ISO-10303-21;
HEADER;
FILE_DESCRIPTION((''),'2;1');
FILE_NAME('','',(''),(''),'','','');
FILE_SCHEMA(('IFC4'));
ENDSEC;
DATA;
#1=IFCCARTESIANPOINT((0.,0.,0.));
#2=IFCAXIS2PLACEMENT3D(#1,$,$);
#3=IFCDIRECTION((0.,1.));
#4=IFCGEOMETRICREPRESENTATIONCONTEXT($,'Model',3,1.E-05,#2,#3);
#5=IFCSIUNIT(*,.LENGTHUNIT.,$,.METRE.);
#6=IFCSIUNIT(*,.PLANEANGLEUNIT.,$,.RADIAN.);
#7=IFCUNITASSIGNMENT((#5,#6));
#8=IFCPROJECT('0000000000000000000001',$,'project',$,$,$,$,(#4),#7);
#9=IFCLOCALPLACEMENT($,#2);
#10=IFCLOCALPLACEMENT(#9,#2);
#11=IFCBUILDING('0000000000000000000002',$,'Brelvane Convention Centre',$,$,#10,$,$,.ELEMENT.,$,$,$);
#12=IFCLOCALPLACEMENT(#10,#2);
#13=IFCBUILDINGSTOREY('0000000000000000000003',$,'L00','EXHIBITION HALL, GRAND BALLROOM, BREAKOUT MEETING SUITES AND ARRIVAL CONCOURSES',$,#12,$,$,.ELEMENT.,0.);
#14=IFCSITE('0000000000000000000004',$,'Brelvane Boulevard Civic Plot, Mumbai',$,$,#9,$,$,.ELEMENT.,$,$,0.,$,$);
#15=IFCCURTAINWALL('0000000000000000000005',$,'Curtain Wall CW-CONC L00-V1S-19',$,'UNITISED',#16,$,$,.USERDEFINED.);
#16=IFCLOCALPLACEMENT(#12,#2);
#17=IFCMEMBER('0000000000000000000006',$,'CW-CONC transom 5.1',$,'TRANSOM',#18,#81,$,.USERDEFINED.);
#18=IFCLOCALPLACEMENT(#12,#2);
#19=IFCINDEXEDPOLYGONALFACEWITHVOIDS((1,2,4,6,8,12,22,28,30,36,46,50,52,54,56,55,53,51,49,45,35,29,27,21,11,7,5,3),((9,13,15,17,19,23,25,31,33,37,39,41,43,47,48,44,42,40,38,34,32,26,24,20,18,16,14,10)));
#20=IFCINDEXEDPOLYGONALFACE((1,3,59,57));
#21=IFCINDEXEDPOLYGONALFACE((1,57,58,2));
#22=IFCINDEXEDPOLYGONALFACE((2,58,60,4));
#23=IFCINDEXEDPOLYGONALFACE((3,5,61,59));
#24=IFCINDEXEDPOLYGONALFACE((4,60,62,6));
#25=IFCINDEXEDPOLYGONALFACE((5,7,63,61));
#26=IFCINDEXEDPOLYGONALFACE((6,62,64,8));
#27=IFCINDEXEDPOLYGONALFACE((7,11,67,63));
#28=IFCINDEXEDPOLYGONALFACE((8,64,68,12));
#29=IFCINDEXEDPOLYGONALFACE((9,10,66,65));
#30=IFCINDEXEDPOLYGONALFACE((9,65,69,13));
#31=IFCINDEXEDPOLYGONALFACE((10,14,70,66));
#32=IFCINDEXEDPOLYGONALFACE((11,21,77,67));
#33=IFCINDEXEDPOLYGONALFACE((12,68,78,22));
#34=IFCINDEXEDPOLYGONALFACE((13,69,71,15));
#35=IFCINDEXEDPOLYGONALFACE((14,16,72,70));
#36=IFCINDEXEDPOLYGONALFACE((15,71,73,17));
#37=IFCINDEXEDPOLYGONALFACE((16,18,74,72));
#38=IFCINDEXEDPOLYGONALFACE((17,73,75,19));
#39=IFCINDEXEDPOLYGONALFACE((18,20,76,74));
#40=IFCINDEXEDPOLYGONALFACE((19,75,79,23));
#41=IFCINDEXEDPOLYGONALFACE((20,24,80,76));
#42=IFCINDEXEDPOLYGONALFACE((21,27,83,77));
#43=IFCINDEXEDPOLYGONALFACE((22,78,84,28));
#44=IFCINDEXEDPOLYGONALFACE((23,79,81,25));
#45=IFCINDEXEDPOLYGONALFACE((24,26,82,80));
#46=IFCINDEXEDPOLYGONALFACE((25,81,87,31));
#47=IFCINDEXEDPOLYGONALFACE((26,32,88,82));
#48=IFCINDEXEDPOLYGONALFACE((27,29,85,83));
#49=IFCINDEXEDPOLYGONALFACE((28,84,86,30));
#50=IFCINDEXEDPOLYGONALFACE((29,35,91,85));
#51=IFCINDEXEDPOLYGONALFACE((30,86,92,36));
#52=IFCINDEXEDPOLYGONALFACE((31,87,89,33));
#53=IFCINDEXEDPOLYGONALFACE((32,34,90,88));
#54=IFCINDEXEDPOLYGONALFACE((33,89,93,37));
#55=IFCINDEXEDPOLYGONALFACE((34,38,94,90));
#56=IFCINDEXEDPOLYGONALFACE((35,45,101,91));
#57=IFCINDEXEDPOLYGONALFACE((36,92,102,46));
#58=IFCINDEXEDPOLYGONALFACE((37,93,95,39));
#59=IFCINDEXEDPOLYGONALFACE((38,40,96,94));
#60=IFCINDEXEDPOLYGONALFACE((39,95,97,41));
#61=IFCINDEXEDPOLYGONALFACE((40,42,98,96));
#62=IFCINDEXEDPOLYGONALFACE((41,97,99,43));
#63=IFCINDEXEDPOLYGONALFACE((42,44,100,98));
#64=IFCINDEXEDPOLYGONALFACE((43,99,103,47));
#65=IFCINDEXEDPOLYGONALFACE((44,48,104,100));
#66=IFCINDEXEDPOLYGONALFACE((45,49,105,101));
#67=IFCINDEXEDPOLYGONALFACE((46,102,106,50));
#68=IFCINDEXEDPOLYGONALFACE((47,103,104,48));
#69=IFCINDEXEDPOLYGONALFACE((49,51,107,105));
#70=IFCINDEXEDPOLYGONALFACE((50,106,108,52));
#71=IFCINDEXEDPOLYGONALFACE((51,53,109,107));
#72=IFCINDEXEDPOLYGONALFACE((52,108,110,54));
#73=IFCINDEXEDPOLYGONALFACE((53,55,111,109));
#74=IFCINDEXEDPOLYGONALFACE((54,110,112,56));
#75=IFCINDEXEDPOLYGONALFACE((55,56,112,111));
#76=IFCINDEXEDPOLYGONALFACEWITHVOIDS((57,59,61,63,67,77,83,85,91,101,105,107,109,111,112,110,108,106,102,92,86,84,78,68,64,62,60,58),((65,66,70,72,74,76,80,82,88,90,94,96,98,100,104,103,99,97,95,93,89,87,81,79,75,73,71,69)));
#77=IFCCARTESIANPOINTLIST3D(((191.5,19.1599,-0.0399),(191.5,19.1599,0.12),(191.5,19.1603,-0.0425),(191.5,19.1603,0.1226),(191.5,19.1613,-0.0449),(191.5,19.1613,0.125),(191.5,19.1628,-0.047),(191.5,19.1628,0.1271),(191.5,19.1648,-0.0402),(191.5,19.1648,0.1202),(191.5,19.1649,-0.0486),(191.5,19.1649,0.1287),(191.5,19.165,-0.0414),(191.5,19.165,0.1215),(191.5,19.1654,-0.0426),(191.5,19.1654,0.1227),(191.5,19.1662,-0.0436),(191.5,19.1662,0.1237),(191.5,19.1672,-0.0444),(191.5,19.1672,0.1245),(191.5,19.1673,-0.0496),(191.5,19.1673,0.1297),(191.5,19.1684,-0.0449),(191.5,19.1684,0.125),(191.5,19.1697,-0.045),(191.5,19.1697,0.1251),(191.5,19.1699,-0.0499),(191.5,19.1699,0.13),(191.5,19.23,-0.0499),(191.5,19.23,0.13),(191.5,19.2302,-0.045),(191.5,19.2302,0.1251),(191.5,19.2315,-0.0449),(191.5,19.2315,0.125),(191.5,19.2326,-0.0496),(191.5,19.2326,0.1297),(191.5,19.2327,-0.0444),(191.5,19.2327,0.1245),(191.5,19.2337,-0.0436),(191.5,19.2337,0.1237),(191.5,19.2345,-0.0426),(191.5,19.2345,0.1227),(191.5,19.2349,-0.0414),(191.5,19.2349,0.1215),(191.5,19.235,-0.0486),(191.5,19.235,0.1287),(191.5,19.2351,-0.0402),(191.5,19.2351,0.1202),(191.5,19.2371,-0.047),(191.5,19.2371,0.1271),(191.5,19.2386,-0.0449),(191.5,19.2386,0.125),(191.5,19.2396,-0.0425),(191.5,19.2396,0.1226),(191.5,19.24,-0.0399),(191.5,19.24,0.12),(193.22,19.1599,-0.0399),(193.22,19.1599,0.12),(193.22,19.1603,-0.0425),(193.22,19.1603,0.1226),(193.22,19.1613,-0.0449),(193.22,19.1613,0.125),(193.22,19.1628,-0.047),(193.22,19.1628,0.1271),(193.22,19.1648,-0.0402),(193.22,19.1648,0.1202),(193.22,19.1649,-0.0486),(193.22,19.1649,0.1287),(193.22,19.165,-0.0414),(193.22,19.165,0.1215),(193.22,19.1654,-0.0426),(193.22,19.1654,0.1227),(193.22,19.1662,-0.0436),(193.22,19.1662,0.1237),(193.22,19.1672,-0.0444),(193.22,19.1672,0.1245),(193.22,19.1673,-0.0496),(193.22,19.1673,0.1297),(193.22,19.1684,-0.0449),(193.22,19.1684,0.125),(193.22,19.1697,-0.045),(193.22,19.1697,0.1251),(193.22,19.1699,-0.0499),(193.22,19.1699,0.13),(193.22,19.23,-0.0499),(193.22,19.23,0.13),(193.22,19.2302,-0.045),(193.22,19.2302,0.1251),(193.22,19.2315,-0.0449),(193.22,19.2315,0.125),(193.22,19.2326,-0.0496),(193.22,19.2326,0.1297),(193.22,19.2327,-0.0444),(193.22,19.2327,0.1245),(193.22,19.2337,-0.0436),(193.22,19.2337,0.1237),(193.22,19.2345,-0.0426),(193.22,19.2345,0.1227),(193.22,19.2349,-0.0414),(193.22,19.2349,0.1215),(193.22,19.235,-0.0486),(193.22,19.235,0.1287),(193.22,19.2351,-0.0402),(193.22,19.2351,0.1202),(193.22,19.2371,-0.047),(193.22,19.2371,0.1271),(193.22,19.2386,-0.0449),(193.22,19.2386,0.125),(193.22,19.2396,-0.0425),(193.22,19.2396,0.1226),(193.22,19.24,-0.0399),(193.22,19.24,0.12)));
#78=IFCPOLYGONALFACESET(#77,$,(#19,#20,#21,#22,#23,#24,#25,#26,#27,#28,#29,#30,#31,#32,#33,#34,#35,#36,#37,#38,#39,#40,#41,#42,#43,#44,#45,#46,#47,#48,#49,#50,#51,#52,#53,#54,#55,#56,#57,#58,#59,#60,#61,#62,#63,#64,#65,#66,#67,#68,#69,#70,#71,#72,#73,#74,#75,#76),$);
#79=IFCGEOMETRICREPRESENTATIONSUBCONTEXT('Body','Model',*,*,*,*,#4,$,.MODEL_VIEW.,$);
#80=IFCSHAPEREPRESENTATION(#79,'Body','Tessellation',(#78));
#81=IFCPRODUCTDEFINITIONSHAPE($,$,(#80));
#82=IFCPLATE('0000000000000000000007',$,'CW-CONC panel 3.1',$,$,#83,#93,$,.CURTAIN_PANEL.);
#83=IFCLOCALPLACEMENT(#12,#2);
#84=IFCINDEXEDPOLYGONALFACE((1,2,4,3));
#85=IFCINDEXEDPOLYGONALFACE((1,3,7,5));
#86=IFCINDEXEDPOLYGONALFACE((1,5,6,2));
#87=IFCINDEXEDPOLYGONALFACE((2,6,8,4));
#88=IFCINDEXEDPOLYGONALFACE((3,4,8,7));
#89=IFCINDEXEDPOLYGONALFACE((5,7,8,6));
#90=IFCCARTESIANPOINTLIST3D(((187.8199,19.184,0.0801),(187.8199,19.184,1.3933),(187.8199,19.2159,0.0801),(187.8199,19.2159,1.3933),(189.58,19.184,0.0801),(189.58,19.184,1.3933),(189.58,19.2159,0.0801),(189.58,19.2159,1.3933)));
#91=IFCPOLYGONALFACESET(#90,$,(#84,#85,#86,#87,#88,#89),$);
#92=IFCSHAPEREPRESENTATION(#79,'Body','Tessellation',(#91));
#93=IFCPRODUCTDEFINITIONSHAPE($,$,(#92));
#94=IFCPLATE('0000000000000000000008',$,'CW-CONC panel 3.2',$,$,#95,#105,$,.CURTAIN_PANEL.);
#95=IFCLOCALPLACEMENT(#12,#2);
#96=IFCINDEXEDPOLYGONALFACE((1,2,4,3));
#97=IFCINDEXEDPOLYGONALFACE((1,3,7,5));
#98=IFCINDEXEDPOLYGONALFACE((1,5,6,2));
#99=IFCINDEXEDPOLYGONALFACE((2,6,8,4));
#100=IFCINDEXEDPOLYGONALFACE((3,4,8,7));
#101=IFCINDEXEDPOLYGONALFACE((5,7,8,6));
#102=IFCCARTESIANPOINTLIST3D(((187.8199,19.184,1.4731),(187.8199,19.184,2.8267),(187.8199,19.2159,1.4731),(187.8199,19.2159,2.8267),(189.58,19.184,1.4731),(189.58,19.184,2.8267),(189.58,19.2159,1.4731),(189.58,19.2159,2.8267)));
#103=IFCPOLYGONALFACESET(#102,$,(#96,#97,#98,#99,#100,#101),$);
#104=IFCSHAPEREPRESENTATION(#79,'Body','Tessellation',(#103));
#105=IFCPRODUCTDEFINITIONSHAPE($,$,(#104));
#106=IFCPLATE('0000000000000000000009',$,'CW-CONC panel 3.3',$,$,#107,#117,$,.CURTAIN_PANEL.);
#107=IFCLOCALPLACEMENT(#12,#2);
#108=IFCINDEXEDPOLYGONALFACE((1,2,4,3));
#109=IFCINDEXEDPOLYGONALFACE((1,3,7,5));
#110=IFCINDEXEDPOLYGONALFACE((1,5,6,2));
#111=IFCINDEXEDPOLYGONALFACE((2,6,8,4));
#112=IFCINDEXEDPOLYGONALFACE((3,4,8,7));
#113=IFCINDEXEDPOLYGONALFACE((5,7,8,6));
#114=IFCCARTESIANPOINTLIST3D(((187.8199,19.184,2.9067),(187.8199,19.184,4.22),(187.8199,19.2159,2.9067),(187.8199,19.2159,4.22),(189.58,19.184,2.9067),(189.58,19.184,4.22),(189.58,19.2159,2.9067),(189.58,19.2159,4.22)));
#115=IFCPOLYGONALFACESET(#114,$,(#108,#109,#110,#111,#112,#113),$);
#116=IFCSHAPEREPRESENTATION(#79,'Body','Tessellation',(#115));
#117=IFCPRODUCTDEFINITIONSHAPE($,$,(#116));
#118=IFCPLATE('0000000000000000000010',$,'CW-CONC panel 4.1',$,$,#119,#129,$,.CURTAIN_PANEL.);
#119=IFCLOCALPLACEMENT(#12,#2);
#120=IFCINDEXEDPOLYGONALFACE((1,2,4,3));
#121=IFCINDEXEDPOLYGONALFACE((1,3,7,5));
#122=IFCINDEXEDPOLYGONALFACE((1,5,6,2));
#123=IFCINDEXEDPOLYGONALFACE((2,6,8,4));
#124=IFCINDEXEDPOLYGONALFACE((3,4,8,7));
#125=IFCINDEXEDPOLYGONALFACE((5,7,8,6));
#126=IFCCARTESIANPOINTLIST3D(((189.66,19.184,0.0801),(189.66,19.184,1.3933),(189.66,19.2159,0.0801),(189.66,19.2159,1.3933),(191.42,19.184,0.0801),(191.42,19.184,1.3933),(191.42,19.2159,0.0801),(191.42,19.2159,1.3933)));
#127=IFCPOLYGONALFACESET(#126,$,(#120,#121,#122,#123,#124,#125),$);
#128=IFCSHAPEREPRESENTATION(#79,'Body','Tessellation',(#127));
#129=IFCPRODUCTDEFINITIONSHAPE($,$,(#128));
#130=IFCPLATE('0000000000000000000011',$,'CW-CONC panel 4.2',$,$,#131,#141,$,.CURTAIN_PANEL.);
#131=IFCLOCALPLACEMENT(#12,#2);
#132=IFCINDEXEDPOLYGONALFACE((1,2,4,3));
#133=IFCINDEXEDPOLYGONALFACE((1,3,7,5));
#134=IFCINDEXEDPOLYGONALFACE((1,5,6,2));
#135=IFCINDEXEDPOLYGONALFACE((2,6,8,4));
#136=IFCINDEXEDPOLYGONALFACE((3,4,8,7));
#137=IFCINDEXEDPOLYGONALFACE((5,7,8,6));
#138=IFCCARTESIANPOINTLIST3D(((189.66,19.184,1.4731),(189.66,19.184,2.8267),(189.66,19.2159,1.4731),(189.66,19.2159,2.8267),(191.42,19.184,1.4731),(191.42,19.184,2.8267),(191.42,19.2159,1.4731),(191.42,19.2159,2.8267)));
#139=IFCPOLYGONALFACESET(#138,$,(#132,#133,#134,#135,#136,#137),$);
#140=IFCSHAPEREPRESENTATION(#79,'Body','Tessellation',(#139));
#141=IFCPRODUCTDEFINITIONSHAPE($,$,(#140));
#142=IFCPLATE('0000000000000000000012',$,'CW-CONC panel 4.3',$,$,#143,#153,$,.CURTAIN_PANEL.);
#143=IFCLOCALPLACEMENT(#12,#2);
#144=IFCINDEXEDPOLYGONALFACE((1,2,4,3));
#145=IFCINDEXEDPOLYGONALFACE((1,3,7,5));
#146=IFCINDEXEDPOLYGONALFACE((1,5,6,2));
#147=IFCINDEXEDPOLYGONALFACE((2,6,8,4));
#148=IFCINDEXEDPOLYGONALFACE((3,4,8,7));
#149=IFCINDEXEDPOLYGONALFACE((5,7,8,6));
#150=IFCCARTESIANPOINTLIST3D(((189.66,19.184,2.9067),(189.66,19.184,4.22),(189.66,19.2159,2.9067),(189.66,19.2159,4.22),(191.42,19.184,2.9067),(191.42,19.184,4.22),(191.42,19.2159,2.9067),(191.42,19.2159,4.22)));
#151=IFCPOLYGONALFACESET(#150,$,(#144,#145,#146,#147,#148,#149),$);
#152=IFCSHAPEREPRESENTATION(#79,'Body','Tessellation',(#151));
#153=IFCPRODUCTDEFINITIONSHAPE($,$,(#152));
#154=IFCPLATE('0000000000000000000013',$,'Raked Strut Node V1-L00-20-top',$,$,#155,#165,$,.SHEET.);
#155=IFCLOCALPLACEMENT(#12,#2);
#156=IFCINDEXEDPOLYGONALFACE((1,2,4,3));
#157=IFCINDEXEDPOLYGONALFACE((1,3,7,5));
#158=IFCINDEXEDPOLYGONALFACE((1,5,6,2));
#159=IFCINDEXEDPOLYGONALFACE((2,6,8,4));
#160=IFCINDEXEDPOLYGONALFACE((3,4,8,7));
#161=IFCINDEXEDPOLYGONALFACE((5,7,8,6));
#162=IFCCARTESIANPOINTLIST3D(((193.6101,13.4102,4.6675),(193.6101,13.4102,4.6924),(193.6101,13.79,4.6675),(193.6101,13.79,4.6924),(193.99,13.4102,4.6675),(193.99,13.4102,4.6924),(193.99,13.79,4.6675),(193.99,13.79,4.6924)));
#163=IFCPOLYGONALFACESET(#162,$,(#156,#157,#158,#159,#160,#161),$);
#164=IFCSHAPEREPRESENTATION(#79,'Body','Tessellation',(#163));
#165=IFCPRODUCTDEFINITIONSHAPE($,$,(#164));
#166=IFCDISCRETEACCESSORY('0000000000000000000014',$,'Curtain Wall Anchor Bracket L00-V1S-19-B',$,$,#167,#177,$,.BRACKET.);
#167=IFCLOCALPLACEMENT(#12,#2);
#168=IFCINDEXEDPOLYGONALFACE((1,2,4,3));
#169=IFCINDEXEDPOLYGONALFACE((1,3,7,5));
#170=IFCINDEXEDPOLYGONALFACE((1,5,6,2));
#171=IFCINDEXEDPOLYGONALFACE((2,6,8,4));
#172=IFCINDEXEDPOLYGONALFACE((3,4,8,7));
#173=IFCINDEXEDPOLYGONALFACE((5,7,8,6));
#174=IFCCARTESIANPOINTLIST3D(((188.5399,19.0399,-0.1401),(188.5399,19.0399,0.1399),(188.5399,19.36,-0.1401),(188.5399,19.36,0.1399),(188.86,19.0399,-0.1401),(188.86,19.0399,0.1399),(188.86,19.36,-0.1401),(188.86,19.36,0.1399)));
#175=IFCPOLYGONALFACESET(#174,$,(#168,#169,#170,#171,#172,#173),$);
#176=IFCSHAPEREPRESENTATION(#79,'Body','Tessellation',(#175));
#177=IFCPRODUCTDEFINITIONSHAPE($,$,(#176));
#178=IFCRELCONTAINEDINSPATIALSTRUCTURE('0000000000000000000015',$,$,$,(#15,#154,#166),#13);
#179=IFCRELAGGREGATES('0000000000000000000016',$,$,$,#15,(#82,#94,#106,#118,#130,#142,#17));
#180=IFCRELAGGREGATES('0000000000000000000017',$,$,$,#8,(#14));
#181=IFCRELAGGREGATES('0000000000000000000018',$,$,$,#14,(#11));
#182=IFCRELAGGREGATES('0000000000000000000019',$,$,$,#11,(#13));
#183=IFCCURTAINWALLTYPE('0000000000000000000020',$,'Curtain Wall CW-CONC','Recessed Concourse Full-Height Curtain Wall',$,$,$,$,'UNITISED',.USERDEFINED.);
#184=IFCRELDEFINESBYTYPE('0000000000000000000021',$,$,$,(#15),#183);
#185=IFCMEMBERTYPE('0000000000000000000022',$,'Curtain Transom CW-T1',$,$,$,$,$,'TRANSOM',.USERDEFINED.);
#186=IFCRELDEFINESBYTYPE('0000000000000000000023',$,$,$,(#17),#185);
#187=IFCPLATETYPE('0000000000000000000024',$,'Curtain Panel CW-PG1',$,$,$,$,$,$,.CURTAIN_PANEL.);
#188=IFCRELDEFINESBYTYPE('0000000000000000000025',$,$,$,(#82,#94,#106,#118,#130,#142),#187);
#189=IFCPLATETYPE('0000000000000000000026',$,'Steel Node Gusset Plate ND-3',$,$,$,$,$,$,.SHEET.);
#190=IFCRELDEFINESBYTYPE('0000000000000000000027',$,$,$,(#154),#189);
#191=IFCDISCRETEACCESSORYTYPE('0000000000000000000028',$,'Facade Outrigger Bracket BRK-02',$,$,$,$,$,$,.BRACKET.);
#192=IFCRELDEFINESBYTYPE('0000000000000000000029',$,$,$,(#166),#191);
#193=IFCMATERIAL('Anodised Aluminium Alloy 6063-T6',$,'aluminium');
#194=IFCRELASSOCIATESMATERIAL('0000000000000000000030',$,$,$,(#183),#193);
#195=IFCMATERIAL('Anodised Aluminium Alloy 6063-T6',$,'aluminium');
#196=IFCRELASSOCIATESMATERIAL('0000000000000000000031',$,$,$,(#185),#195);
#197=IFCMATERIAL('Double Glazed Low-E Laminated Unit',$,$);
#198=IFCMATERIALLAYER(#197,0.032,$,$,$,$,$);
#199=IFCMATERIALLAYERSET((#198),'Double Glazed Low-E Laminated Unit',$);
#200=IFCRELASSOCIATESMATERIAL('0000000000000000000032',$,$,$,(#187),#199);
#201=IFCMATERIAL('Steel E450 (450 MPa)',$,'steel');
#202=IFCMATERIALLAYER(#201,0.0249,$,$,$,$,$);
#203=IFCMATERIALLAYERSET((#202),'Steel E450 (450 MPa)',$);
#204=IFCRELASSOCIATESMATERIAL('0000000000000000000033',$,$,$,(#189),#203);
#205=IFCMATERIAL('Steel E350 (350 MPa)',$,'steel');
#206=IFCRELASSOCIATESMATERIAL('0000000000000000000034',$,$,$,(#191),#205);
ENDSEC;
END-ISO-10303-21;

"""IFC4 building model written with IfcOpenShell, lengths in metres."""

from ifc_helpers import new_model, si_unit, direction, frame, origin, origin_2d, place, context, subcontext, project, spatial, rectangle, hollow_rectangle, extrude, material, layer, layer_set, material_profile, profile_set, type_object, element, aggregate, save


model = new_model("IFC4")

# Units and contexts
model_context = context("Model", 3, precision=1e-05, world=origin(), true_north=direction((0.0, 1.0)))
body_context = subcontext(model_context, "Body", "Model", "MODEL_VIEW")
ifc_project = project(units=[si_unit("LENGTHUNIT", "METRE"), si_unit("PLANEANGLEUNIT", "RADIAN")], contexts=[model_context])

# Site, building, storey
site_placement = place(None, origin())
site = spatial("IfcSite", under=ifc_project, at=site_placement, Name="Brelvane Boulevard Civic Plot, Mumbai", CompositionType="ELEMENT", RefElevation=0.0)
building_placement = place(site_placement, origin())
building = spatial("IfcBuilding", under=site, at=building_placement, Name="Brelvane Convention Centre", CompositionType="ELEMENT")
storey_placement = place(building_placement, origin())
storey = spatial("IfcBuildingStorey", under=building, at=storey_placement, Name="L00", Description="EXHIBITION HALL, GRAND BALLROOM, BREAKOUT MEETING SUITES AND ARRIVAL CONCOURSES", CompositionType="ELEMENT", Elevation=0.0)

# Curtain wall, member, plates
ifc_material_1 = material(Name="Anodised Aluminium Alloy 6063-T6", Category="aluminium")
curtain_wall_type = type_object("IfcCurtainWallType", Name="Curtain Wall CW-CONC", Description="Recessed Concourse Full-Height Curtain Wall", ElementType="UNITISED", PredefinedType="USERDEFINED", material=ifc_material_1)
curtain_wall_placement = place(storey_placement, origin())
curtain_wall = element("IfcCurtainWall", 1, at=curtain_wall_placement, inside=storey, type_object=curtain_wall_type, Name="Curtain Wall CW-CONC L00-V1S-19", ObjectType="UNITISED", PredefinedType="USERDEFINED")
ifc_material_2 = material(Name="Anodised Aluminium Alloy 6063-T6", Category="aluminium")
ifc_material_profile_1 = material_profile(ifc_material_2, hollow_rectangle(XDim=0.0801, YDim=0.1799, WallThickness=0.0049, InnerFilletRadius=0.0049, OuterFilletRadius=0.01, at=origin_2d()), Name="ALU-T 180x80x5.0")
ifc_profile_set_1 = profile_set([ifc_material_profile_1], Name="Anodised Aluminium Alloy 6063-T6")
member_type_1 = type_object("IfcMemberType", Name="Curtain Transom CW-T1", ElementType="TRANSOM", PredefinedType="USERDEFINED", material=ifc_profile_set_1)
member_1_placement = place(storey_placement, frame((191.5, 19.2, 0.04), z_axis=(1.0, 0.0, 0.0), x_axis=(0.0, 1.0, 0.0)))
member_1 = element("IfcMember", 2, at=member_1_placement, type_object=member_type_1, Name="CW-CONC transom 5.1", ObjectType="TRANSOM", PredefinedType="USERDEFINED", context=body_context, shape_type="SweptSolid", body=[
    extrude(hollow_rectangle(XDim=0.0801, YDim=0.1799, WallThickness=0.0049, InnerFilletRadius=0.0049, OuterFilletRadius=0.01, at=origin_2d()), origin(), (0.0, 0.0, 1.0), 1.72),
])
ifc_material_3 = material(Name="Double Glazed Low-E Laminated Unit")
ifc_layer_1 = layer(ifc_material_3, 0.032)
ifc_layer_set_1 = layer_set([ifc_layer_1], Name="Double Glazed Low-E Laminated Unit")
plate_type_1 = type_object("IfcPlateType", Name="Curtain Panel CW-PG1", PredefinedType="CURTAIN_PANEL", material=ifc_layer_set_1)
plate_1_placement = place(storey_placement, frame((188.7, 19.2, 0.0801), z_axis=(0.0, 0.0, 1.0), x_axis=(1.0, 0.0, 0.0)))
plate_1 = element("IfcPlate", 3, at=plate_1_placement, type_object=plate_type_1, Name="CW-CONC panel 3.1", PredefinedType="CURTAIN_PANEL", context=body_context, shape_type="SweptSolid", body=[
    extrude(rectangle(XDim=1.76, YDim=0.032, at=origin_2d()), origin(), (0.0, 0.0, 1.0), 1.3132),
])
plate_2_placement = place(storey_placement, frame((188.7, 19.2, 1.4731), z_axis=(0.0, 0.0, 1.0), x_axis=(1.0, 0.0, 0.0)))
plate_2 = element("IfcPlate", 4, at=plate_2_placement, type_object=plate_type_1, Name="CW-CONC panel 3.2", PredefinedType="CURTAIN_PANEL", context=body_context, shape_type="SweptSolid", body=[
    extrude(rectangle(XDim=1.76, YDim=0.032, at=origin_2d()), origin(), (0.0, 0.0, 1.0), 1.3535),
])
plate_3_placement = place(storey_placement, frame((188.7, 19.2, 2.9067), z_axis=(0.0, 0.0, 1.0), x_axis=(1.0, 0.0, 0.0)))
plate_3 = element("IfcPlate", 5, at=plate_3_placement, type_object=plate_type_1, Name="CW-CONC panel 3.3", PredefinedType="CURTAIN_PANEL", context=body_context, shape_type="SweptSolid", body=[
    extrude(rectangle(XDim=1.76, YDim=0.032, at=origin_2d()), origin(), (0.0, 0.0, 1.0), 1.3132),
])
plate_4_placement = place(storey_placement, frame((190.54, 19.2, 0.0801), z_axis=(0.0, 0.0, 1.0), x_axis=(1.0, 0.0, 0.0)))
plate_4 = element("IfcPlate", 6, at=plate_4_placement, type_object=plate_type_1, Name="CW-CONC panel 4.1", PredefinedType="CURTAIN_PANEL", context=body_context, shape_type="SweptSolid", body=[
    extrude(rectangle(XDim=1.76, YDim=0.032, at=origin_2d()), origin(), (0.0, 0.0, 1.0), 1.3132),
])
plate_5_placement = place(storey_placement, frame((190.54, 19.2, 1.4731), z_axis=(0.0, 0.0, 1.0), x_axis=(1.0, 0.0, 0.0)))
plate_5 = element("IfcPlate", 7, at=plate_5_placement, type_object=plate_type_1, Name="CW-CONC panel 4.2", PredefinedType="CURTAIN_PANEL", context=body_context, shape_type="SweptSolid", body=[
    extrude(rectangle(XDim=1.76, YDim=0.032, at=origin_2d()), origin(), (0.0, 0.0, 1.0), 1.3535),
])
plate_6_placement = place(storey_placement, frame((190.54, 19.2, 2.9067), z_axis=(0.0, 0.0, 1.0), x_axis=(1.0, 0.0, 0.0)))
plate_6 = element("IfcPlate", 8, at=plate_6_placement, type_object=plate_type_1, Name="CW-CONC panel 4.3", PredefinedType="CURTAIN_PANEL", context=body_context, shape_type="SweptSolid", body=[
    extrude(rectangle(XDim=1.76, YDim=0.032, at=origin_2d()), origin(), (0.0, 0.0, 1.0), 1.3132),
])
aggregate(curtain_wall, [plate_1, plate_2, plate_3, plate_4, plate_5, plate_6, member_1])

# Plate
ifc_material_4 = material(Name="Steel E450 (450 MPa)", Category="steel")
ifc_layer_2 = layer(ifc_material_4, 0.0249)
ifc_layer_set_2 = layer_set([ifc_layer_2], Name="Steel E450 (450 MPa)")
plate_type_2 = type_object("IfcPlateType", Name="Steel Node Gusset Plate ND-3", PredefinedType="SHEET", material=ifc_layer_set_2)
plate_7_placement = place(storey_placement, frame((193.8, 13.6001, 4.6675), z_axis=(0.0, 0.0, 1.0), x_axis=(1.0, 0.0, 0.0)))
element("IfcPlate", 9, at=plate_7_placement, inside=storey, type_object=plate_type_2, Name="Raked Strut Node V1-L00-20-top", PredefinedType="SHEET", context=body_context, shape_type="SweptSolid", body=[
    extrude(rectangle(XDim=0.3799, YDim=0.3799, at=origin_2d()), origin(), (0.0, 0.0, 1.0), 0.0249),
])

# Discrete accessory
ifc_material_5 = material(Name="Steel E350 (350 MPa)", Category="steel")
discrete_accessory_type = type_object("IfcDiscreteAccessoryType", Name="Facade Outrigger Bracket BRK-02", PredefinedType="BRACKET", material=ifc_material_5)
discrete_accessory_placement = place(storey_placement, frame((188.7, 19.2, -0.1401), z_axis=(0.0, 0.0, 1.0), x_axis=(1.0, 0.0, 0.0)))
element("IfcDiscreteAccessory", 10, at=discrete_accessory_placement, inside=storey, type_object=discrete_accessory_type, Name="Curtain Wall Anchor Bracket L00-V1S-19-B", PredefinedType="BRACKET", context=body_context, shape_type="SweptSolid", body=[
    extrude(rectangle(XDim=0.3201, YDim=0.3201, at=origin_2d()), origin(), (0.0, 0.0, 1.0), 0.28),
])

save(model, "model.ifc")
